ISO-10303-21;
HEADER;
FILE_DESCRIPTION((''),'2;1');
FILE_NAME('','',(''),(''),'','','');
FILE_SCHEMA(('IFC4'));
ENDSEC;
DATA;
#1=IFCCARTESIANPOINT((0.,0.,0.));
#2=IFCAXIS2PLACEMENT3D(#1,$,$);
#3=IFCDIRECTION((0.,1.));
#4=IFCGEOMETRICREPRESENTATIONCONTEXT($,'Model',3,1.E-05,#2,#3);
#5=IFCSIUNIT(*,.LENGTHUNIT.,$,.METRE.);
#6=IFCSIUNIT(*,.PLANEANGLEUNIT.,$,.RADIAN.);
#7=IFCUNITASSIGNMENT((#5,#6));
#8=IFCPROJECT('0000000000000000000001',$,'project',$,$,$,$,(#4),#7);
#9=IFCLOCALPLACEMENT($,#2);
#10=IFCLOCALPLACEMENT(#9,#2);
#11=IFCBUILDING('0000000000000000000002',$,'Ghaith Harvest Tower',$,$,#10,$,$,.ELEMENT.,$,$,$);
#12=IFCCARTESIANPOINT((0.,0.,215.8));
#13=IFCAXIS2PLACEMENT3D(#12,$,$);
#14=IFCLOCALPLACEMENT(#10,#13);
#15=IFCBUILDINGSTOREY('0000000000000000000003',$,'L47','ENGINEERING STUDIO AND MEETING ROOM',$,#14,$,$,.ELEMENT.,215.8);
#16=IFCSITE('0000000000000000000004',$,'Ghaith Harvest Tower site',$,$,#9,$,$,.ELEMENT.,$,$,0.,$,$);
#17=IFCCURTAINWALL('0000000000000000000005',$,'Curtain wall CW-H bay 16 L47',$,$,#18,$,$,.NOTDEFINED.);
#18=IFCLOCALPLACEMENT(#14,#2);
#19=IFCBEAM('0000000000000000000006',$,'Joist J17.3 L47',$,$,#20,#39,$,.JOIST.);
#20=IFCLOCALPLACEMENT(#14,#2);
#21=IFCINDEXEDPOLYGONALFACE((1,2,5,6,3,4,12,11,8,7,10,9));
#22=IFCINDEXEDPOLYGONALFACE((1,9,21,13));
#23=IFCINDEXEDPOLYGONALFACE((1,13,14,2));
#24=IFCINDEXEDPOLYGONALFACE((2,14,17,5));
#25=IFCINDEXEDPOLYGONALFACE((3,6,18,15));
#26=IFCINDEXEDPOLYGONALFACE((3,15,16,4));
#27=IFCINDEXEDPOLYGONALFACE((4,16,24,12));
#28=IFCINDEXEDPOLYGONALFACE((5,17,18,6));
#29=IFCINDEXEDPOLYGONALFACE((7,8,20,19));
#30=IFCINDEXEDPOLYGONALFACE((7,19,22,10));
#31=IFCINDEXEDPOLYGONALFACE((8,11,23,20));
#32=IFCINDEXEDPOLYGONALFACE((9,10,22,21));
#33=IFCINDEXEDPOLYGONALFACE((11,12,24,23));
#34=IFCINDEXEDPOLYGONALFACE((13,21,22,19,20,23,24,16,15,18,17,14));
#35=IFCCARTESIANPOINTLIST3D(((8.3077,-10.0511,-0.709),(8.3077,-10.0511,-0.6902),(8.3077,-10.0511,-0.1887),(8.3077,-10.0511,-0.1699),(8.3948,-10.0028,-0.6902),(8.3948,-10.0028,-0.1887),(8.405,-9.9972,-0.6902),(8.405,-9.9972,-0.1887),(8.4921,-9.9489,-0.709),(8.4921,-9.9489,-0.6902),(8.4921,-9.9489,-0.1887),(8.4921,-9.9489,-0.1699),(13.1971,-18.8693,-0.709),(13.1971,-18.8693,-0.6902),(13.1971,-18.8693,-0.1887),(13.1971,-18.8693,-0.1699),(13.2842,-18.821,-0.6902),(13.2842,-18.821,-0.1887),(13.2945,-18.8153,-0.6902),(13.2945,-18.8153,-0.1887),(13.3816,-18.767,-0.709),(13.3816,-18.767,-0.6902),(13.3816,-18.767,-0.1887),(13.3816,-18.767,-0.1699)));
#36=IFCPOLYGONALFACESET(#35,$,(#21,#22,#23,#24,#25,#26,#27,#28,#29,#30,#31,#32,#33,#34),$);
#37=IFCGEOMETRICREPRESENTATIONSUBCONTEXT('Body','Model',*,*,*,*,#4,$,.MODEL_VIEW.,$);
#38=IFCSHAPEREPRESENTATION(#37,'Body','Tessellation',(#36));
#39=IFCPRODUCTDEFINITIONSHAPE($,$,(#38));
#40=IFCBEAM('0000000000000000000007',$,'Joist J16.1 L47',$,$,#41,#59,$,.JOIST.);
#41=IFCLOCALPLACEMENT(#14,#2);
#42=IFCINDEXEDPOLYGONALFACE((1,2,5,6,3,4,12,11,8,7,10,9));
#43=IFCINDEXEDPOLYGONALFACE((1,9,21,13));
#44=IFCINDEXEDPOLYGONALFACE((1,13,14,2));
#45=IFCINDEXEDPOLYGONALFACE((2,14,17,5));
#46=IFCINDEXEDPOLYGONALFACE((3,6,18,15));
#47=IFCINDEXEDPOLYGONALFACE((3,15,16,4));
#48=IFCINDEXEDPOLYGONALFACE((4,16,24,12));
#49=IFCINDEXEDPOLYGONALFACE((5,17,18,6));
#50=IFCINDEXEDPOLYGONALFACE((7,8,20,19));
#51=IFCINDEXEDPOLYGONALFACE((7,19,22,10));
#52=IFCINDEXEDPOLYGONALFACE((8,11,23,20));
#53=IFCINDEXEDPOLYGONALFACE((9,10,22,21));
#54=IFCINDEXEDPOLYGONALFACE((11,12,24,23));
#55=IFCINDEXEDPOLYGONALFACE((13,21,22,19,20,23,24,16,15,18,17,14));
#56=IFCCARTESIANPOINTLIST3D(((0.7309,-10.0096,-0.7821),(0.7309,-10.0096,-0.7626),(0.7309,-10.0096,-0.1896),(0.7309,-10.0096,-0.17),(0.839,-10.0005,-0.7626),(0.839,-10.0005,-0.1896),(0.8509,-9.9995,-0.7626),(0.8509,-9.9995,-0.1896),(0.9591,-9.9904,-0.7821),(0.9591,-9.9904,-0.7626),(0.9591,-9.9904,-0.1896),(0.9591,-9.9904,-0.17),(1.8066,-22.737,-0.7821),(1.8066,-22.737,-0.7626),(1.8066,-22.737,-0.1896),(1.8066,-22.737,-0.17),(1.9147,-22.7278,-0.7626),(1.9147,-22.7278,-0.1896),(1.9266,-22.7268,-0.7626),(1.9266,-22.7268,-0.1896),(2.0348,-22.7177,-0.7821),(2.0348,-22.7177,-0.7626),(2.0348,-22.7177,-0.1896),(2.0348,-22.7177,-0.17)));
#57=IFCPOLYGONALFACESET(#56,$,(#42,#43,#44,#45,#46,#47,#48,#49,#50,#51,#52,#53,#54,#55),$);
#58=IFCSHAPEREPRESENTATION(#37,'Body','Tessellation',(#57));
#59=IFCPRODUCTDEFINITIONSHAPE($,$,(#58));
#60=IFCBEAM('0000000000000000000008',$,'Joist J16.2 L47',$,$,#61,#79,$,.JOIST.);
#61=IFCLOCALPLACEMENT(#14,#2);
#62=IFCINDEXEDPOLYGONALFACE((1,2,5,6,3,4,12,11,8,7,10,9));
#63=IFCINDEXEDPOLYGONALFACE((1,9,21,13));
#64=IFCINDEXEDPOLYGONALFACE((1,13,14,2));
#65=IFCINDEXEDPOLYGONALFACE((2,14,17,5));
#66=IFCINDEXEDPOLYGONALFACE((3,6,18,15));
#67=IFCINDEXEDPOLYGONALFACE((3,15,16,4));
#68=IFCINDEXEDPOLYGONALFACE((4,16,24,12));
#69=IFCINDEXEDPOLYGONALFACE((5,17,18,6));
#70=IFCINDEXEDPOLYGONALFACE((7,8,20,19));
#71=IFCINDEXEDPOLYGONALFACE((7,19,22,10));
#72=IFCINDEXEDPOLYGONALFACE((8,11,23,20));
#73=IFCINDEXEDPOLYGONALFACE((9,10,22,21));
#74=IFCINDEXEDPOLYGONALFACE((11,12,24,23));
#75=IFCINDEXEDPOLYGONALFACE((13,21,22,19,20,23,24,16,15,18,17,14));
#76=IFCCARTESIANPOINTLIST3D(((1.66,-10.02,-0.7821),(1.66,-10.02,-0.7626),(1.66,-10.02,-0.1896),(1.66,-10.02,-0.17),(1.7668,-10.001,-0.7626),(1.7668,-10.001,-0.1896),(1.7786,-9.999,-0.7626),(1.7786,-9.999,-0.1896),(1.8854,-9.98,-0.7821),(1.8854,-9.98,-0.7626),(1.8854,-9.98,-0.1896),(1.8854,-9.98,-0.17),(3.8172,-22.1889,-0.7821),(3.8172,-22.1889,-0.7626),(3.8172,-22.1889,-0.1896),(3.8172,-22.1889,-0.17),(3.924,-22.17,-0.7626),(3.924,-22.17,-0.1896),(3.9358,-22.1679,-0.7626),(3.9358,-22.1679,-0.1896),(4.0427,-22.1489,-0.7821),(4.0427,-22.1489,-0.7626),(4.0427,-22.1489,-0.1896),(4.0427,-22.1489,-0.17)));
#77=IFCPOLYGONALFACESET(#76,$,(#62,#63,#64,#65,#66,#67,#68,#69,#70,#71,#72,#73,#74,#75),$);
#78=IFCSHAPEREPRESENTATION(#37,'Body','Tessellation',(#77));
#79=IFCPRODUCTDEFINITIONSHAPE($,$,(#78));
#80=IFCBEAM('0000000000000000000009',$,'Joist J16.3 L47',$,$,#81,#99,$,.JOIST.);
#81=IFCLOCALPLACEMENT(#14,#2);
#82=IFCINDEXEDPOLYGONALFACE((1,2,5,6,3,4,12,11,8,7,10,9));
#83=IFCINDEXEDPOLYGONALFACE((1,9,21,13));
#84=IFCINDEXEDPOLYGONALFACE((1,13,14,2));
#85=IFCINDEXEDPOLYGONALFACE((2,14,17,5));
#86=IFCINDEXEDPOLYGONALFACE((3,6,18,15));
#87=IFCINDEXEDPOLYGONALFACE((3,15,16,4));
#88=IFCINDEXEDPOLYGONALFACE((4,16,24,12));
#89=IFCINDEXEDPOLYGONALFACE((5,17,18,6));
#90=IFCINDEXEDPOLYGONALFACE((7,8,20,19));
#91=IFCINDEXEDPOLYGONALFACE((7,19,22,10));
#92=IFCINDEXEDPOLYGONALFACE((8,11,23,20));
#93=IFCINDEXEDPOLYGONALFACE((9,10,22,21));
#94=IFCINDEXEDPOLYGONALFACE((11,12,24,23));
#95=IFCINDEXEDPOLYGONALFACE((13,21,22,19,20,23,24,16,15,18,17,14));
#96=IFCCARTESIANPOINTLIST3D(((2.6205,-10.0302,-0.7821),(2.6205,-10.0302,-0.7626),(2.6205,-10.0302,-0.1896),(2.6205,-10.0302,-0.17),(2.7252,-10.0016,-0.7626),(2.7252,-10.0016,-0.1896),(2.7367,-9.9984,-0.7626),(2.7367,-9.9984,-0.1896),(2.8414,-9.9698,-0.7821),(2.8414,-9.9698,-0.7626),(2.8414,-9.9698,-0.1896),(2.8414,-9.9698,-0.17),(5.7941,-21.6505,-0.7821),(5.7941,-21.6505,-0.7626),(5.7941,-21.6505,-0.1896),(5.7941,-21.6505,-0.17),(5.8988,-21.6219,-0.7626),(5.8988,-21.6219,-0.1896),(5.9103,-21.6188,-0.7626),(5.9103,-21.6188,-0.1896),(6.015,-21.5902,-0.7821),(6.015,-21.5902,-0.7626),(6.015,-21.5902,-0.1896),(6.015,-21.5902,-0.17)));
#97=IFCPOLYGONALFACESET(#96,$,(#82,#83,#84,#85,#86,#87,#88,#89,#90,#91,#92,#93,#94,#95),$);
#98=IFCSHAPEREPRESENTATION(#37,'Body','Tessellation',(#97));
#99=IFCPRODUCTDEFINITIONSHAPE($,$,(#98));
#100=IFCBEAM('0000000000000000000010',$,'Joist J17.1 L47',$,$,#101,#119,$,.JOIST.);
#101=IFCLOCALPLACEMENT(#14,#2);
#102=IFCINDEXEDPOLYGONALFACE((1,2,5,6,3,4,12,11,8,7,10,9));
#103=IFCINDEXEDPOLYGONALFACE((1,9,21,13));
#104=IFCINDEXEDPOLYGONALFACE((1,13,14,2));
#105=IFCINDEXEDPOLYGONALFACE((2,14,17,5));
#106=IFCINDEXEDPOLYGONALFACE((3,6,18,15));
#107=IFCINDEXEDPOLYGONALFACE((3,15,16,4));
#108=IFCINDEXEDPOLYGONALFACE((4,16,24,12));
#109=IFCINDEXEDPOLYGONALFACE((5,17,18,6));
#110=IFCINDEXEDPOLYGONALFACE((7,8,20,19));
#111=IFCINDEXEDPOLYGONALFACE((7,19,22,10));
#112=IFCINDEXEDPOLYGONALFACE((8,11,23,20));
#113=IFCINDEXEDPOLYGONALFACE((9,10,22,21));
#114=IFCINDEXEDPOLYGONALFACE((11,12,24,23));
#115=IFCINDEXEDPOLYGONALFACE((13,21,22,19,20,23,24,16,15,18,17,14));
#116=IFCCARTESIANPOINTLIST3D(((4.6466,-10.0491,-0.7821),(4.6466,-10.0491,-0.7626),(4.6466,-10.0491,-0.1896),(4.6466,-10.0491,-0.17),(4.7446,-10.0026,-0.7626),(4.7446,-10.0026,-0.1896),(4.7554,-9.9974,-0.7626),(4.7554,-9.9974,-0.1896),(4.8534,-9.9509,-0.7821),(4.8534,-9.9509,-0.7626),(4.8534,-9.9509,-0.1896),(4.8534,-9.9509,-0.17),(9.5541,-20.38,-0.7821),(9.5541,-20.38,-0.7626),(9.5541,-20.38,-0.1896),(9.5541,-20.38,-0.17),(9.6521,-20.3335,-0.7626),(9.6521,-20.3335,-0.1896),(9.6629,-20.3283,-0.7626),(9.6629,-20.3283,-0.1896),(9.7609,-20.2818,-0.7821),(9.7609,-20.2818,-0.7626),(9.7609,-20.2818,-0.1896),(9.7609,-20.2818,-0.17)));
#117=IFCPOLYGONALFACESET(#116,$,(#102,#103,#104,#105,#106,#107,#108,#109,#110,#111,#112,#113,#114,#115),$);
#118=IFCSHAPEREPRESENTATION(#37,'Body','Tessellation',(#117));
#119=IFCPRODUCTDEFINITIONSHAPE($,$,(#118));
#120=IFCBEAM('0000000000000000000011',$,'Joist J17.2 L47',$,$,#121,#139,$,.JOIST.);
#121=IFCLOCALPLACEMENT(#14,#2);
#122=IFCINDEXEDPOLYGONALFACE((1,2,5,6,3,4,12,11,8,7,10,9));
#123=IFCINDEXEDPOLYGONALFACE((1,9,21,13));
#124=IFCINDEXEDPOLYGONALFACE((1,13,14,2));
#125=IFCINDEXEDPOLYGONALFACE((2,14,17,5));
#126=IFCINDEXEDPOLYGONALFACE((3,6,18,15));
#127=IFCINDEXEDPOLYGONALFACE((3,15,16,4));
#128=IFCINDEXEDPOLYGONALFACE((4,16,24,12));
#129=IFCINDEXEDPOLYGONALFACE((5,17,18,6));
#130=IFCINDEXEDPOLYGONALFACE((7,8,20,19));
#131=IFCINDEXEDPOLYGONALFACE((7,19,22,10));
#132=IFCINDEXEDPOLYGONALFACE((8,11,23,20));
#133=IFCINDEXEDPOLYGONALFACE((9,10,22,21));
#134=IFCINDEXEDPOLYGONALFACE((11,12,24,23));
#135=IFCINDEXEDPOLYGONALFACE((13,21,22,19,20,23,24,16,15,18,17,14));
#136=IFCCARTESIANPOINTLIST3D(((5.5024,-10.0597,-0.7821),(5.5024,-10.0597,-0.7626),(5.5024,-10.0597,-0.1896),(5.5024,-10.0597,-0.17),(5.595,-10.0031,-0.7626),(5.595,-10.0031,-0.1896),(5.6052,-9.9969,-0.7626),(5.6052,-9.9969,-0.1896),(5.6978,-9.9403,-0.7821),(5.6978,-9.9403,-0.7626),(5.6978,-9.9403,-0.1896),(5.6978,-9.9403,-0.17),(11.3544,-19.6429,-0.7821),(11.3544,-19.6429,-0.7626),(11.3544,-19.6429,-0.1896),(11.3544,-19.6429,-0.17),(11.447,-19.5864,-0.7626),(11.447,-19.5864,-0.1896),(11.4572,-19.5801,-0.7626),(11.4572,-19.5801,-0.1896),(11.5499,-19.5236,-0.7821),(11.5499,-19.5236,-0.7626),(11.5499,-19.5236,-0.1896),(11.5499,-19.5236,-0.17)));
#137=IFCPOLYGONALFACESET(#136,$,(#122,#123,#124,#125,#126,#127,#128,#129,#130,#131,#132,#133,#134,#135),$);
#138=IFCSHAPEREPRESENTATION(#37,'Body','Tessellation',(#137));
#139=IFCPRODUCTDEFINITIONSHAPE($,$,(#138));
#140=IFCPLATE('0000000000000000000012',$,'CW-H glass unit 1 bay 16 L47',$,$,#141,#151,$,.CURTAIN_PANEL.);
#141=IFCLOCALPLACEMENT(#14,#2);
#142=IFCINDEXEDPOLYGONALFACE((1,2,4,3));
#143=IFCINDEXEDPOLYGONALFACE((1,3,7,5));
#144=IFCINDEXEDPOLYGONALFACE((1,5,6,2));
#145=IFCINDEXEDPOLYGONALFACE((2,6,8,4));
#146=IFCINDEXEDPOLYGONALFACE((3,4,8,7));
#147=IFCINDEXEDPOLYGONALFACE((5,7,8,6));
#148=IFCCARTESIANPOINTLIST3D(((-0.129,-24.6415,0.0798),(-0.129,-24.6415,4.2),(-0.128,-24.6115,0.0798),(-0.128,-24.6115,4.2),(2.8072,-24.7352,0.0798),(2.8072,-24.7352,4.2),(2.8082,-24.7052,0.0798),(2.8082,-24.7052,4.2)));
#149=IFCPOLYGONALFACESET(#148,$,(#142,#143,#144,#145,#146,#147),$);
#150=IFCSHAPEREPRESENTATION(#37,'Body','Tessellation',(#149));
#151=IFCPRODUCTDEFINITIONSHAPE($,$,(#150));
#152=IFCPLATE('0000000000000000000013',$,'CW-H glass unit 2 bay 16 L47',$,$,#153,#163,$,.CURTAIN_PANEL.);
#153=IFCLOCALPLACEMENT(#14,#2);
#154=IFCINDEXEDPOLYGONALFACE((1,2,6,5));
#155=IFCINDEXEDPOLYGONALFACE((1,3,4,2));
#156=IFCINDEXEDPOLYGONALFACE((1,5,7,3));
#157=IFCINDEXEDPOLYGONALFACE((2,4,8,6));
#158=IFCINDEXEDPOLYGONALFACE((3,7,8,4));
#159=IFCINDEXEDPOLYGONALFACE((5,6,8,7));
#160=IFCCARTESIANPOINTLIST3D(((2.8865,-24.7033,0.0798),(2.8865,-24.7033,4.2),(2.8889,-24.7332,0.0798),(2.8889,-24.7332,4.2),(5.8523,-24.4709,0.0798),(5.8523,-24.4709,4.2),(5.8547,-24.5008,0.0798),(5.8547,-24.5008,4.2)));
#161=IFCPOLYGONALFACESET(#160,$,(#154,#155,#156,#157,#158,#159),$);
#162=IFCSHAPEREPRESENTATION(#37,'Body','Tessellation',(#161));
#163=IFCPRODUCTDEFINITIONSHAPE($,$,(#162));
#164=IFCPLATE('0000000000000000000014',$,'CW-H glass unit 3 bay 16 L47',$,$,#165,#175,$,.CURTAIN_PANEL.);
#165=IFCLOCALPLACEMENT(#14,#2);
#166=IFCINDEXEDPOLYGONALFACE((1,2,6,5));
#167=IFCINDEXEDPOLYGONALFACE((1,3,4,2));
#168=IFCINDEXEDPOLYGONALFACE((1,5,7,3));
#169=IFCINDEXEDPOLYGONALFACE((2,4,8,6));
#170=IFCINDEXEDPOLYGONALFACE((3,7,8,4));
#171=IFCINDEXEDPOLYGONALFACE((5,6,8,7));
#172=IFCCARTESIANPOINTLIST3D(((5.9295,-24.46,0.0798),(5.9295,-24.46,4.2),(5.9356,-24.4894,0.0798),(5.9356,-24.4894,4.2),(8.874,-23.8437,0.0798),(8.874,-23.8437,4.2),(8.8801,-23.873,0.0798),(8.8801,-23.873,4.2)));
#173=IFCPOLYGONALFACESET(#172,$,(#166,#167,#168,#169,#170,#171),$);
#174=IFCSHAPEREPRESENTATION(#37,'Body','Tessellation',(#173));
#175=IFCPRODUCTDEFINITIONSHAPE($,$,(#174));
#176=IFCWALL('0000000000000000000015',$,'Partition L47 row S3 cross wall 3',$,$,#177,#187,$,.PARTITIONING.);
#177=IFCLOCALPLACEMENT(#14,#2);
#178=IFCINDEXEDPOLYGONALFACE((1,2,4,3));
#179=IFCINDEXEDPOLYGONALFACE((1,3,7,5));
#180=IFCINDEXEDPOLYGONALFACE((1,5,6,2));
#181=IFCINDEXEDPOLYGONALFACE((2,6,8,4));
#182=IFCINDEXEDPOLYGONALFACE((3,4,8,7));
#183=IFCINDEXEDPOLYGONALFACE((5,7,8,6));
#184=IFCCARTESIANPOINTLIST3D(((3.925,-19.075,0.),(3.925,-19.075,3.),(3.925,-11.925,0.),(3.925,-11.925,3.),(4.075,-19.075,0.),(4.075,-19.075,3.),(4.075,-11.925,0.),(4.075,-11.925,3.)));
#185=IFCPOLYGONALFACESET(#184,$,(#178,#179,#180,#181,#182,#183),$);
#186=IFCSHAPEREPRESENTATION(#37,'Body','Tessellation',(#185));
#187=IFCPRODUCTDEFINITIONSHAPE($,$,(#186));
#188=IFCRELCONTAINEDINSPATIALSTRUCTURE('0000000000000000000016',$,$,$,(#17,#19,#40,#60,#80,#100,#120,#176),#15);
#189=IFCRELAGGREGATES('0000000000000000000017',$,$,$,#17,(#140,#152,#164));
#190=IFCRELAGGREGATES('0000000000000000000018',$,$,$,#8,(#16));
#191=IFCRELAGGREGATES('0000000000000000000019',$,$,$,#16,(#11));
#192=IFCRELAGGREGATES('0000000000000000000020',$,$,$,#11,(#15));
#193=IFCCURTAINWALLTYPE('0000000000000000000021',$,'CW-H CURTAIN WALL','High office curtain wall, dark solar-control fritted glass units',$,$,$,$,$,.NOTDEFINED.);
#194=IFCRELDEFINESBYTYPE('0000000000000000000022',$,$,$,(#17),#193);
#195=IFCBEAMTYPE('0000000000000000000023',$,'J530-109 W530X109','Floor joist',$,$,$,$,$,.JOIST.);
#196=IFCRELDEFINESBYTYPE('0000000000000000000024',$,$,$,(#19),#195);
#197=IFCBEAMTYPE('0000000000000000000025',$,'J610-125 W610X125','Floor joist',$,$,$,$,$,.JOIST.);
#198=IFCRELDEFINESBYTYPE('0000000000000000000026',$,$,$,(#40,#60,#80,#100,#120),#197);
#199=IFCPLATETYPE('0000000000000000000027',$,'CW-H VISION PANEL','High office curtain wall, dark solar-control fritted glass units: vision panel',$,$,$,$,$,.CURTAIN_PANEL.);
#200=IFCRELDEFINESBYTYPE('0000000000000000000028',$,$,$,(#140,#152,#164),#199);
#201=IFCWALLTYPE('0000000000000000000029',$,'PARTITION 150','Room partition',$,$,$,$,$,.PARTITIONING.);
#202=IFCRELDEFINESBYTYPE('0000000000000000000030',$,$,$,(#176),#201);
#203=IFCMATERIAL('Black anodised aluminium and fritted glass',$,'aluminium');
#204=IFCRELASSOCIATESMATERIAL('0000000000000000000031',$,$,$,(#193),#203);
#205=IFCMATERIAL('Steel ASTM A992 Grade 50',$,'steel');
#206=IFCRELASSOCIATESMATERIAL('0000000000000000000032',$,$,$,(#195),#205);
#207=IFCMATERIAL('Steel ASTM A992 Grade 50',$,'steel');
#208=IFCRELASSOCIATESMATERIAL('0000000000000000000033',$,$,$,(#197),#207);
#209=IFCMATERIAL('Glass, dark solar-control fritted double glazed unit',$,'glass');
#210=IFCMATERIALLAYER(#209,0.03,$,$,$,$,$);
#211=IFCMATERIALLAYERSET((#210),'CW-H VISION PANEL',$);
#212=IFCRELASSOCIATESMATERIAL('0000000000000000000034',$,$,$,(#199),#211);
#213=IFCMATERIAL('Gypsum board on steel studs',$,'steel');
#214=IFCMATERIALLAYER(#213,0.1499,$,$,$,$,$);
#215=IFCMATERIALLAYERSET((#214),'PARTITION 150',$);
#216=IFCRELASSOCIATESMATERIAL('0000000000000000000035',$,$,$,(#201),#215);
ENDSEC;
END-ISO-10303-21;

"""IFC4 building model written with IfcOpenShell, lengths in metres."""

from ifc_helpers import new_model, si_unit, direction, frame, frame_2d, origin, origin_2d, place, context, subcontext, project, spatial, rectangle, i_section, extrude, material, layer, layer_set, material_profile, profile_set, type_object, element, aggregate, save


model = new_model("IFC4")

# Units and contexts
model_context = context("Model", 3, precision=1e-05, world=origin(), true_north=direction((0.0, 1.0)))
body_context = subcontext(model_context, "Body", "Model", "MODEL_VIEW")
ifc_project = project(units=[si_unit("LENGTHUNIT", "METRE"), si_unit("PLANEANGLEUNIT", "RADIAN")], contexts=[model_context])

# Site, building, storey
site_placement = place(None, origin())
site = spatial("IfcSite", under=ifc_project, at=site_placement, Name="Ghaith Harvest Tower site", CompositionType="ELEMENT", RefElevation=0.0)
building_placement = place(site_placement, origin())
building = spatial("IfcBuilding", under=site, at=building_placement, Name="Ghaith Harvest Tower", CompositionType="ELEMENT")
storey_placement = place(building_placement, frame((0.0, 0.0, 215.8)))
storey = spatial("IfcBuildingStorey", under=building, at=storey_placement, Name="L47", Description="ENGINEERING STUDIO AND MEETING ROOM", CompositionType="ELEMENT", Elevation=215.8)

# Curtain wall
ifc_material_1 = material(Name="Black anodised aluminium and fritted glass", Category="aluminium")
curtain_wall_type = type_object("IfcCurtainWallType", Name="CW-H CURTAIN WALL", Description="High office curtain wall, dark solar-control fritted glass units", PredefinedType="NOTDEFINED", material=ifc_material_1)
curtain_wall_1_placement = place(storey_placement, origin())
curtain_wall_1 = element("IfcCurtainWall", 1, at=curtain_wall_1_placement, inside=storey, type_object=curtain_wall_type, Name="Curtain wall CW-H bay 16 L47", PredefinedType="NOTDEFINED")

# Beams
ifc_material_2 = material(Name="Steel ASTM A992 Grade 50", Category="steel")
ifc_material_profile_1 = material_profile(ifc_material_2, i_section(OverallWidth=0.2109, OverallDepth=0.5391, WebThickness=0.0117, FlangeThickness=0.0188, at=origin_2d()), Name="W530X109")
ifc_profile_set_1 = profile_set([ifc_material_profile_1], Name="Steel ASTM A992 Grade 50")
beam_type_1 = type_object("IfcBeamType", Name="J530-109 W530X109", Description="Floor joist", PredefinedType="JOIST", material=ifc_profile_set_1)
beam_1_placement = place(storey_placement, frame((8.3999, -10.0, -0.4395), z_axis=(0.484919, -0.874559, 0.0), x_axis=(0.874559, 0.484919, 0.0)))
element("IfcBeam", 2, at=beam_1_placement, inside=storey, type_object=beam_type_1, Name="Joist J17.3 L47", PredefinedType="JOIST", context=body_context, shape_type="SweptSolid", body=[
    extrude(i_section(OverallWidth=0.2109, OverallDepth=0.5391, WebThickness=0.0117, FlangeThickness=0.0188, at=origin_2d()), origin(), (0.0, 0.0, 1.0), 10.083),
])
ifc_material_3 = material(Name="Steel ASTM A992 Grade 50", Category="steel")
ifc_material_profile_2 = material_profile(ifc_material_3, i_section(OverallWidth=0.229, OverallDepth=0.6121, WebThickness=0.012, FlangeThickness=0.0195, at=origin_2d()), Name="W610X125")
ifc_profile_set_2 = profile_set([ifc_material_profile_2], Name="Steel ASTM A992 Grade 50")
beam_type_2 = type_object("IfcBeamType", Name="J610-125 W610X125", Description="Floor joist", PredefinedType="JOIST", material=ifc_profile_set_2)
beam_2_placement = place(storey_placement, frame((0.845, -10.0, -0.4761), z_axis=(0.084218, -0.996447, 0.0), x_axis=(0.996447, 0.084218, 0.0)))
element("IfcBeam", 3, at=beam_2_placement, inside=storey, type_object=beam_type_2, Name="Joist J16.1 L47", PredefinedType="JOIST", context=body_context, shape_type="SweptSolid", body=[
    extrude(i_section(OverallWidth=0.229, OverallDepth=0.6121, WebThickness=0.012, FlangeThickness=0.0195, at=origin_2d()), origin(), (0.0, 0.0, 1.0), 12.7727),
])
beam_3_placement = place(storey_placement, frame((1.7727, -10.0, -0.4761), z_axis=(0.174552, -0.984648, 0.0), x_axis=(0.984648, 0.174552, 0.0)))
element("IfcBeam", 4, at=beam_3_placement, inside=storey, type_object=beam_type_2, Name="Joist J16.2 L47", PredefinedType="JOIST", context=body_context, shape_type="SweptSolid", body=[
    extrude(i_section(OverallWidth=0.229, OverallDepth=0.6121, WebThickness=0.012, FlangeThickness=0.0195, at=origin_2d()), origin(), (0.0, 0.0, 1.0), 12.3586),
])
beam_4_placement = place(storey_placement, frame((2.731, -10.0, -0.4761), z_axis=(0.263457, -0.964671, 0.0), x_axis=(0.964671, 0.263457, 0.0)))
element("IfcBeam", 5, at=beam_4_placement, inside=storey, type_object=beam_type_2, Name="Joist J16.3 L47", PredefinedType="JOIST", context=body_context, shape_type="SweptSolid", body=[
    extrude(i_section(OverallWidth=0.229, OverallDepth=0.6121, WebThickness=0.012, FlangeThickness=0.0195, at=origin_2d()), origin(), (0.0, 0.0, 1.0), 12.0459),
])
beam_5_placement = place(storey_placement, frame((4.75, -10.0, -0.4761), z_axis=(0.429081, -0.903266, 0.0), x_axis=(0.903266, 0.429081, 0.0)))
element("IfcBeam", 6, at=beam_5_placement, inside=storey, type_object=beam_type_2, Name="Joist J17.1 L47", PredefinedType="JOIST", context=body_context, shape_type="SweptSolid", body=[
    extrude(i_section(OverallWidth=0.229, OverallDepth=0.6121, WebThickness=0.012, FlangeThickness=0.0195, at=origin_2d()), origin(), (0.0, 0.0, 1.0), 11.4373),
])
beam_6_placement = place(storey_placement, frame((5.6001, -10.0, -0.4761), z_axis=(0.521166, -0.853455, 0.0), x_axis=(0.853455, 0.521166, 0.0)))
element("IfcBeam", 7, at=beam_6_placement, inside=storey, type_object=beam_type_2, Name="Joist J17.2 L47", PredefinedType="JOIST", context=body_context, shape_type="SweptSolid", body=[
    extrude(i_section(OverallWidth=0.229, OverallDepth=0.6121, WebThickness=0.012, FlangeThickness=0.0195, at=origin_2d()), origin(), (0.0, 0.0, 1.0), 11.2288),
])

# Plates
ifc_material_4 = material(Name="Glass, dark solar-control fritted double glazed unit", Category="glass")
ifc_layer_1 = layer(ifc_material_4, 0.03)
ifc_layer_set_1 = layer_set([ifc_layer_1], Name="CW-H VISION PANEL")
plate_type = type_object("IfcPlateType", Name="CW-H VISION PANEL", Description="High office curtain wall, dark solar-control fritted glass units: vision panel", PredefinedType="CURTAIN_PANEL", material=ifc_layer_set_1)
plate_1_placement = place(storey_placement, frame((1.3396, -24.6733, 0.0798), z_axis=(0.0, 0.0, 1.0), x_axis=(0.999491, -0.031894, 0.0)))
plate_1 = element("IfcPlate", 8, at=plate_1_placement, type_object=plate_type, Name="CW-H glass unit 1 bay 16 L47", PredefinedType="CURTAIN_PANEL", context=body_context, shape_type="SweptSolid", body=[
    extrude(rectangle(XDim=2.9377, YDim=0.03, at=origin_2d()), origin(), (0.0, 0.0, 1.0), 4.1201),
])
plate_2_placement = place(storey_placement, frame((4.3706, -24.6021, 0.0798), z_axis=(0.0, 0.0, 1.0), x_axis=(0.996945, 0.078101, 0.0)))
plate_2 = element("IfcPlate", 9, at=plate_2_placement, type_object=plate_type, Name="CW-H glass unit 2 bay 16 L47", PredefinedType="CURTAIN_PANEL", context=body_context, shape_type="SweptSolid", body=[
    extrude(rectangle(XDim=2.9749, YDim=0.03, at=origin_2d()), origin(), (0.0, 0.0, 1.0), 4.1201),
])
plate_3_placement = place(storey_placement, frame((7.4048, -24.1665, 0.0798), z_axis=(0.0, 0.0, 1.0), x_axis=(0.978789, 0.204872, 0.0)))
plate_3 = element("IfcPlate", 10, at=plate_3_placement, type_object=plate_type, Name="CW-H glass unit 3 bay 16 L47", PredefinedType="CURTAIN_PANEL", context=body_context, shape_type="SweptSolid", body=[
    extrude(rectangle(XDim=3.0083, YDim=0.03, at=origin_2d()), origin(), (0.0, 0.0, 1.0), 4.1201),
])
aggregate(curtain_wall_1, [plate_1, plate_2, plate_3])

# Wall
ifc_material_5 = material(Name="Gypsum board on steel studs", Category="steel")
ifc_layer_2 = layer(ifc_material_5, 0.1499)
ifc_layer_set_2 = layer_set([ifc_layer_2], Name="PARTITION 150")
wall_type = type_object("IfcWallType", Name="PARTITION 150", Description="Room partition", PredefinedType="PARTITIONING", material=ifc_layer_set_2)
wall_1_placement = place(storey_placement, frame((4.0, -11.925, 0.0), z_axis=(0.0, 0.0, 1.0), x_axis=(0.0, -1.0, 0.0)))
element("IfcWall", 11, at=wall_1_placement, inside=storey, type_object=wall_type, Name="Partition L47 row S3 cross wall 3", PredefinedType="PARTITIONING", context=body_context, shape_type="SweptSolid", body=[
    extrude(rectangle(XDim=7.1499, YDim=0.1499, at=frame_2d((3.575, 0.0))), origin(), (0.0, 0.0, 1.0), 3.0),
])

save(model, "model.ifc")
